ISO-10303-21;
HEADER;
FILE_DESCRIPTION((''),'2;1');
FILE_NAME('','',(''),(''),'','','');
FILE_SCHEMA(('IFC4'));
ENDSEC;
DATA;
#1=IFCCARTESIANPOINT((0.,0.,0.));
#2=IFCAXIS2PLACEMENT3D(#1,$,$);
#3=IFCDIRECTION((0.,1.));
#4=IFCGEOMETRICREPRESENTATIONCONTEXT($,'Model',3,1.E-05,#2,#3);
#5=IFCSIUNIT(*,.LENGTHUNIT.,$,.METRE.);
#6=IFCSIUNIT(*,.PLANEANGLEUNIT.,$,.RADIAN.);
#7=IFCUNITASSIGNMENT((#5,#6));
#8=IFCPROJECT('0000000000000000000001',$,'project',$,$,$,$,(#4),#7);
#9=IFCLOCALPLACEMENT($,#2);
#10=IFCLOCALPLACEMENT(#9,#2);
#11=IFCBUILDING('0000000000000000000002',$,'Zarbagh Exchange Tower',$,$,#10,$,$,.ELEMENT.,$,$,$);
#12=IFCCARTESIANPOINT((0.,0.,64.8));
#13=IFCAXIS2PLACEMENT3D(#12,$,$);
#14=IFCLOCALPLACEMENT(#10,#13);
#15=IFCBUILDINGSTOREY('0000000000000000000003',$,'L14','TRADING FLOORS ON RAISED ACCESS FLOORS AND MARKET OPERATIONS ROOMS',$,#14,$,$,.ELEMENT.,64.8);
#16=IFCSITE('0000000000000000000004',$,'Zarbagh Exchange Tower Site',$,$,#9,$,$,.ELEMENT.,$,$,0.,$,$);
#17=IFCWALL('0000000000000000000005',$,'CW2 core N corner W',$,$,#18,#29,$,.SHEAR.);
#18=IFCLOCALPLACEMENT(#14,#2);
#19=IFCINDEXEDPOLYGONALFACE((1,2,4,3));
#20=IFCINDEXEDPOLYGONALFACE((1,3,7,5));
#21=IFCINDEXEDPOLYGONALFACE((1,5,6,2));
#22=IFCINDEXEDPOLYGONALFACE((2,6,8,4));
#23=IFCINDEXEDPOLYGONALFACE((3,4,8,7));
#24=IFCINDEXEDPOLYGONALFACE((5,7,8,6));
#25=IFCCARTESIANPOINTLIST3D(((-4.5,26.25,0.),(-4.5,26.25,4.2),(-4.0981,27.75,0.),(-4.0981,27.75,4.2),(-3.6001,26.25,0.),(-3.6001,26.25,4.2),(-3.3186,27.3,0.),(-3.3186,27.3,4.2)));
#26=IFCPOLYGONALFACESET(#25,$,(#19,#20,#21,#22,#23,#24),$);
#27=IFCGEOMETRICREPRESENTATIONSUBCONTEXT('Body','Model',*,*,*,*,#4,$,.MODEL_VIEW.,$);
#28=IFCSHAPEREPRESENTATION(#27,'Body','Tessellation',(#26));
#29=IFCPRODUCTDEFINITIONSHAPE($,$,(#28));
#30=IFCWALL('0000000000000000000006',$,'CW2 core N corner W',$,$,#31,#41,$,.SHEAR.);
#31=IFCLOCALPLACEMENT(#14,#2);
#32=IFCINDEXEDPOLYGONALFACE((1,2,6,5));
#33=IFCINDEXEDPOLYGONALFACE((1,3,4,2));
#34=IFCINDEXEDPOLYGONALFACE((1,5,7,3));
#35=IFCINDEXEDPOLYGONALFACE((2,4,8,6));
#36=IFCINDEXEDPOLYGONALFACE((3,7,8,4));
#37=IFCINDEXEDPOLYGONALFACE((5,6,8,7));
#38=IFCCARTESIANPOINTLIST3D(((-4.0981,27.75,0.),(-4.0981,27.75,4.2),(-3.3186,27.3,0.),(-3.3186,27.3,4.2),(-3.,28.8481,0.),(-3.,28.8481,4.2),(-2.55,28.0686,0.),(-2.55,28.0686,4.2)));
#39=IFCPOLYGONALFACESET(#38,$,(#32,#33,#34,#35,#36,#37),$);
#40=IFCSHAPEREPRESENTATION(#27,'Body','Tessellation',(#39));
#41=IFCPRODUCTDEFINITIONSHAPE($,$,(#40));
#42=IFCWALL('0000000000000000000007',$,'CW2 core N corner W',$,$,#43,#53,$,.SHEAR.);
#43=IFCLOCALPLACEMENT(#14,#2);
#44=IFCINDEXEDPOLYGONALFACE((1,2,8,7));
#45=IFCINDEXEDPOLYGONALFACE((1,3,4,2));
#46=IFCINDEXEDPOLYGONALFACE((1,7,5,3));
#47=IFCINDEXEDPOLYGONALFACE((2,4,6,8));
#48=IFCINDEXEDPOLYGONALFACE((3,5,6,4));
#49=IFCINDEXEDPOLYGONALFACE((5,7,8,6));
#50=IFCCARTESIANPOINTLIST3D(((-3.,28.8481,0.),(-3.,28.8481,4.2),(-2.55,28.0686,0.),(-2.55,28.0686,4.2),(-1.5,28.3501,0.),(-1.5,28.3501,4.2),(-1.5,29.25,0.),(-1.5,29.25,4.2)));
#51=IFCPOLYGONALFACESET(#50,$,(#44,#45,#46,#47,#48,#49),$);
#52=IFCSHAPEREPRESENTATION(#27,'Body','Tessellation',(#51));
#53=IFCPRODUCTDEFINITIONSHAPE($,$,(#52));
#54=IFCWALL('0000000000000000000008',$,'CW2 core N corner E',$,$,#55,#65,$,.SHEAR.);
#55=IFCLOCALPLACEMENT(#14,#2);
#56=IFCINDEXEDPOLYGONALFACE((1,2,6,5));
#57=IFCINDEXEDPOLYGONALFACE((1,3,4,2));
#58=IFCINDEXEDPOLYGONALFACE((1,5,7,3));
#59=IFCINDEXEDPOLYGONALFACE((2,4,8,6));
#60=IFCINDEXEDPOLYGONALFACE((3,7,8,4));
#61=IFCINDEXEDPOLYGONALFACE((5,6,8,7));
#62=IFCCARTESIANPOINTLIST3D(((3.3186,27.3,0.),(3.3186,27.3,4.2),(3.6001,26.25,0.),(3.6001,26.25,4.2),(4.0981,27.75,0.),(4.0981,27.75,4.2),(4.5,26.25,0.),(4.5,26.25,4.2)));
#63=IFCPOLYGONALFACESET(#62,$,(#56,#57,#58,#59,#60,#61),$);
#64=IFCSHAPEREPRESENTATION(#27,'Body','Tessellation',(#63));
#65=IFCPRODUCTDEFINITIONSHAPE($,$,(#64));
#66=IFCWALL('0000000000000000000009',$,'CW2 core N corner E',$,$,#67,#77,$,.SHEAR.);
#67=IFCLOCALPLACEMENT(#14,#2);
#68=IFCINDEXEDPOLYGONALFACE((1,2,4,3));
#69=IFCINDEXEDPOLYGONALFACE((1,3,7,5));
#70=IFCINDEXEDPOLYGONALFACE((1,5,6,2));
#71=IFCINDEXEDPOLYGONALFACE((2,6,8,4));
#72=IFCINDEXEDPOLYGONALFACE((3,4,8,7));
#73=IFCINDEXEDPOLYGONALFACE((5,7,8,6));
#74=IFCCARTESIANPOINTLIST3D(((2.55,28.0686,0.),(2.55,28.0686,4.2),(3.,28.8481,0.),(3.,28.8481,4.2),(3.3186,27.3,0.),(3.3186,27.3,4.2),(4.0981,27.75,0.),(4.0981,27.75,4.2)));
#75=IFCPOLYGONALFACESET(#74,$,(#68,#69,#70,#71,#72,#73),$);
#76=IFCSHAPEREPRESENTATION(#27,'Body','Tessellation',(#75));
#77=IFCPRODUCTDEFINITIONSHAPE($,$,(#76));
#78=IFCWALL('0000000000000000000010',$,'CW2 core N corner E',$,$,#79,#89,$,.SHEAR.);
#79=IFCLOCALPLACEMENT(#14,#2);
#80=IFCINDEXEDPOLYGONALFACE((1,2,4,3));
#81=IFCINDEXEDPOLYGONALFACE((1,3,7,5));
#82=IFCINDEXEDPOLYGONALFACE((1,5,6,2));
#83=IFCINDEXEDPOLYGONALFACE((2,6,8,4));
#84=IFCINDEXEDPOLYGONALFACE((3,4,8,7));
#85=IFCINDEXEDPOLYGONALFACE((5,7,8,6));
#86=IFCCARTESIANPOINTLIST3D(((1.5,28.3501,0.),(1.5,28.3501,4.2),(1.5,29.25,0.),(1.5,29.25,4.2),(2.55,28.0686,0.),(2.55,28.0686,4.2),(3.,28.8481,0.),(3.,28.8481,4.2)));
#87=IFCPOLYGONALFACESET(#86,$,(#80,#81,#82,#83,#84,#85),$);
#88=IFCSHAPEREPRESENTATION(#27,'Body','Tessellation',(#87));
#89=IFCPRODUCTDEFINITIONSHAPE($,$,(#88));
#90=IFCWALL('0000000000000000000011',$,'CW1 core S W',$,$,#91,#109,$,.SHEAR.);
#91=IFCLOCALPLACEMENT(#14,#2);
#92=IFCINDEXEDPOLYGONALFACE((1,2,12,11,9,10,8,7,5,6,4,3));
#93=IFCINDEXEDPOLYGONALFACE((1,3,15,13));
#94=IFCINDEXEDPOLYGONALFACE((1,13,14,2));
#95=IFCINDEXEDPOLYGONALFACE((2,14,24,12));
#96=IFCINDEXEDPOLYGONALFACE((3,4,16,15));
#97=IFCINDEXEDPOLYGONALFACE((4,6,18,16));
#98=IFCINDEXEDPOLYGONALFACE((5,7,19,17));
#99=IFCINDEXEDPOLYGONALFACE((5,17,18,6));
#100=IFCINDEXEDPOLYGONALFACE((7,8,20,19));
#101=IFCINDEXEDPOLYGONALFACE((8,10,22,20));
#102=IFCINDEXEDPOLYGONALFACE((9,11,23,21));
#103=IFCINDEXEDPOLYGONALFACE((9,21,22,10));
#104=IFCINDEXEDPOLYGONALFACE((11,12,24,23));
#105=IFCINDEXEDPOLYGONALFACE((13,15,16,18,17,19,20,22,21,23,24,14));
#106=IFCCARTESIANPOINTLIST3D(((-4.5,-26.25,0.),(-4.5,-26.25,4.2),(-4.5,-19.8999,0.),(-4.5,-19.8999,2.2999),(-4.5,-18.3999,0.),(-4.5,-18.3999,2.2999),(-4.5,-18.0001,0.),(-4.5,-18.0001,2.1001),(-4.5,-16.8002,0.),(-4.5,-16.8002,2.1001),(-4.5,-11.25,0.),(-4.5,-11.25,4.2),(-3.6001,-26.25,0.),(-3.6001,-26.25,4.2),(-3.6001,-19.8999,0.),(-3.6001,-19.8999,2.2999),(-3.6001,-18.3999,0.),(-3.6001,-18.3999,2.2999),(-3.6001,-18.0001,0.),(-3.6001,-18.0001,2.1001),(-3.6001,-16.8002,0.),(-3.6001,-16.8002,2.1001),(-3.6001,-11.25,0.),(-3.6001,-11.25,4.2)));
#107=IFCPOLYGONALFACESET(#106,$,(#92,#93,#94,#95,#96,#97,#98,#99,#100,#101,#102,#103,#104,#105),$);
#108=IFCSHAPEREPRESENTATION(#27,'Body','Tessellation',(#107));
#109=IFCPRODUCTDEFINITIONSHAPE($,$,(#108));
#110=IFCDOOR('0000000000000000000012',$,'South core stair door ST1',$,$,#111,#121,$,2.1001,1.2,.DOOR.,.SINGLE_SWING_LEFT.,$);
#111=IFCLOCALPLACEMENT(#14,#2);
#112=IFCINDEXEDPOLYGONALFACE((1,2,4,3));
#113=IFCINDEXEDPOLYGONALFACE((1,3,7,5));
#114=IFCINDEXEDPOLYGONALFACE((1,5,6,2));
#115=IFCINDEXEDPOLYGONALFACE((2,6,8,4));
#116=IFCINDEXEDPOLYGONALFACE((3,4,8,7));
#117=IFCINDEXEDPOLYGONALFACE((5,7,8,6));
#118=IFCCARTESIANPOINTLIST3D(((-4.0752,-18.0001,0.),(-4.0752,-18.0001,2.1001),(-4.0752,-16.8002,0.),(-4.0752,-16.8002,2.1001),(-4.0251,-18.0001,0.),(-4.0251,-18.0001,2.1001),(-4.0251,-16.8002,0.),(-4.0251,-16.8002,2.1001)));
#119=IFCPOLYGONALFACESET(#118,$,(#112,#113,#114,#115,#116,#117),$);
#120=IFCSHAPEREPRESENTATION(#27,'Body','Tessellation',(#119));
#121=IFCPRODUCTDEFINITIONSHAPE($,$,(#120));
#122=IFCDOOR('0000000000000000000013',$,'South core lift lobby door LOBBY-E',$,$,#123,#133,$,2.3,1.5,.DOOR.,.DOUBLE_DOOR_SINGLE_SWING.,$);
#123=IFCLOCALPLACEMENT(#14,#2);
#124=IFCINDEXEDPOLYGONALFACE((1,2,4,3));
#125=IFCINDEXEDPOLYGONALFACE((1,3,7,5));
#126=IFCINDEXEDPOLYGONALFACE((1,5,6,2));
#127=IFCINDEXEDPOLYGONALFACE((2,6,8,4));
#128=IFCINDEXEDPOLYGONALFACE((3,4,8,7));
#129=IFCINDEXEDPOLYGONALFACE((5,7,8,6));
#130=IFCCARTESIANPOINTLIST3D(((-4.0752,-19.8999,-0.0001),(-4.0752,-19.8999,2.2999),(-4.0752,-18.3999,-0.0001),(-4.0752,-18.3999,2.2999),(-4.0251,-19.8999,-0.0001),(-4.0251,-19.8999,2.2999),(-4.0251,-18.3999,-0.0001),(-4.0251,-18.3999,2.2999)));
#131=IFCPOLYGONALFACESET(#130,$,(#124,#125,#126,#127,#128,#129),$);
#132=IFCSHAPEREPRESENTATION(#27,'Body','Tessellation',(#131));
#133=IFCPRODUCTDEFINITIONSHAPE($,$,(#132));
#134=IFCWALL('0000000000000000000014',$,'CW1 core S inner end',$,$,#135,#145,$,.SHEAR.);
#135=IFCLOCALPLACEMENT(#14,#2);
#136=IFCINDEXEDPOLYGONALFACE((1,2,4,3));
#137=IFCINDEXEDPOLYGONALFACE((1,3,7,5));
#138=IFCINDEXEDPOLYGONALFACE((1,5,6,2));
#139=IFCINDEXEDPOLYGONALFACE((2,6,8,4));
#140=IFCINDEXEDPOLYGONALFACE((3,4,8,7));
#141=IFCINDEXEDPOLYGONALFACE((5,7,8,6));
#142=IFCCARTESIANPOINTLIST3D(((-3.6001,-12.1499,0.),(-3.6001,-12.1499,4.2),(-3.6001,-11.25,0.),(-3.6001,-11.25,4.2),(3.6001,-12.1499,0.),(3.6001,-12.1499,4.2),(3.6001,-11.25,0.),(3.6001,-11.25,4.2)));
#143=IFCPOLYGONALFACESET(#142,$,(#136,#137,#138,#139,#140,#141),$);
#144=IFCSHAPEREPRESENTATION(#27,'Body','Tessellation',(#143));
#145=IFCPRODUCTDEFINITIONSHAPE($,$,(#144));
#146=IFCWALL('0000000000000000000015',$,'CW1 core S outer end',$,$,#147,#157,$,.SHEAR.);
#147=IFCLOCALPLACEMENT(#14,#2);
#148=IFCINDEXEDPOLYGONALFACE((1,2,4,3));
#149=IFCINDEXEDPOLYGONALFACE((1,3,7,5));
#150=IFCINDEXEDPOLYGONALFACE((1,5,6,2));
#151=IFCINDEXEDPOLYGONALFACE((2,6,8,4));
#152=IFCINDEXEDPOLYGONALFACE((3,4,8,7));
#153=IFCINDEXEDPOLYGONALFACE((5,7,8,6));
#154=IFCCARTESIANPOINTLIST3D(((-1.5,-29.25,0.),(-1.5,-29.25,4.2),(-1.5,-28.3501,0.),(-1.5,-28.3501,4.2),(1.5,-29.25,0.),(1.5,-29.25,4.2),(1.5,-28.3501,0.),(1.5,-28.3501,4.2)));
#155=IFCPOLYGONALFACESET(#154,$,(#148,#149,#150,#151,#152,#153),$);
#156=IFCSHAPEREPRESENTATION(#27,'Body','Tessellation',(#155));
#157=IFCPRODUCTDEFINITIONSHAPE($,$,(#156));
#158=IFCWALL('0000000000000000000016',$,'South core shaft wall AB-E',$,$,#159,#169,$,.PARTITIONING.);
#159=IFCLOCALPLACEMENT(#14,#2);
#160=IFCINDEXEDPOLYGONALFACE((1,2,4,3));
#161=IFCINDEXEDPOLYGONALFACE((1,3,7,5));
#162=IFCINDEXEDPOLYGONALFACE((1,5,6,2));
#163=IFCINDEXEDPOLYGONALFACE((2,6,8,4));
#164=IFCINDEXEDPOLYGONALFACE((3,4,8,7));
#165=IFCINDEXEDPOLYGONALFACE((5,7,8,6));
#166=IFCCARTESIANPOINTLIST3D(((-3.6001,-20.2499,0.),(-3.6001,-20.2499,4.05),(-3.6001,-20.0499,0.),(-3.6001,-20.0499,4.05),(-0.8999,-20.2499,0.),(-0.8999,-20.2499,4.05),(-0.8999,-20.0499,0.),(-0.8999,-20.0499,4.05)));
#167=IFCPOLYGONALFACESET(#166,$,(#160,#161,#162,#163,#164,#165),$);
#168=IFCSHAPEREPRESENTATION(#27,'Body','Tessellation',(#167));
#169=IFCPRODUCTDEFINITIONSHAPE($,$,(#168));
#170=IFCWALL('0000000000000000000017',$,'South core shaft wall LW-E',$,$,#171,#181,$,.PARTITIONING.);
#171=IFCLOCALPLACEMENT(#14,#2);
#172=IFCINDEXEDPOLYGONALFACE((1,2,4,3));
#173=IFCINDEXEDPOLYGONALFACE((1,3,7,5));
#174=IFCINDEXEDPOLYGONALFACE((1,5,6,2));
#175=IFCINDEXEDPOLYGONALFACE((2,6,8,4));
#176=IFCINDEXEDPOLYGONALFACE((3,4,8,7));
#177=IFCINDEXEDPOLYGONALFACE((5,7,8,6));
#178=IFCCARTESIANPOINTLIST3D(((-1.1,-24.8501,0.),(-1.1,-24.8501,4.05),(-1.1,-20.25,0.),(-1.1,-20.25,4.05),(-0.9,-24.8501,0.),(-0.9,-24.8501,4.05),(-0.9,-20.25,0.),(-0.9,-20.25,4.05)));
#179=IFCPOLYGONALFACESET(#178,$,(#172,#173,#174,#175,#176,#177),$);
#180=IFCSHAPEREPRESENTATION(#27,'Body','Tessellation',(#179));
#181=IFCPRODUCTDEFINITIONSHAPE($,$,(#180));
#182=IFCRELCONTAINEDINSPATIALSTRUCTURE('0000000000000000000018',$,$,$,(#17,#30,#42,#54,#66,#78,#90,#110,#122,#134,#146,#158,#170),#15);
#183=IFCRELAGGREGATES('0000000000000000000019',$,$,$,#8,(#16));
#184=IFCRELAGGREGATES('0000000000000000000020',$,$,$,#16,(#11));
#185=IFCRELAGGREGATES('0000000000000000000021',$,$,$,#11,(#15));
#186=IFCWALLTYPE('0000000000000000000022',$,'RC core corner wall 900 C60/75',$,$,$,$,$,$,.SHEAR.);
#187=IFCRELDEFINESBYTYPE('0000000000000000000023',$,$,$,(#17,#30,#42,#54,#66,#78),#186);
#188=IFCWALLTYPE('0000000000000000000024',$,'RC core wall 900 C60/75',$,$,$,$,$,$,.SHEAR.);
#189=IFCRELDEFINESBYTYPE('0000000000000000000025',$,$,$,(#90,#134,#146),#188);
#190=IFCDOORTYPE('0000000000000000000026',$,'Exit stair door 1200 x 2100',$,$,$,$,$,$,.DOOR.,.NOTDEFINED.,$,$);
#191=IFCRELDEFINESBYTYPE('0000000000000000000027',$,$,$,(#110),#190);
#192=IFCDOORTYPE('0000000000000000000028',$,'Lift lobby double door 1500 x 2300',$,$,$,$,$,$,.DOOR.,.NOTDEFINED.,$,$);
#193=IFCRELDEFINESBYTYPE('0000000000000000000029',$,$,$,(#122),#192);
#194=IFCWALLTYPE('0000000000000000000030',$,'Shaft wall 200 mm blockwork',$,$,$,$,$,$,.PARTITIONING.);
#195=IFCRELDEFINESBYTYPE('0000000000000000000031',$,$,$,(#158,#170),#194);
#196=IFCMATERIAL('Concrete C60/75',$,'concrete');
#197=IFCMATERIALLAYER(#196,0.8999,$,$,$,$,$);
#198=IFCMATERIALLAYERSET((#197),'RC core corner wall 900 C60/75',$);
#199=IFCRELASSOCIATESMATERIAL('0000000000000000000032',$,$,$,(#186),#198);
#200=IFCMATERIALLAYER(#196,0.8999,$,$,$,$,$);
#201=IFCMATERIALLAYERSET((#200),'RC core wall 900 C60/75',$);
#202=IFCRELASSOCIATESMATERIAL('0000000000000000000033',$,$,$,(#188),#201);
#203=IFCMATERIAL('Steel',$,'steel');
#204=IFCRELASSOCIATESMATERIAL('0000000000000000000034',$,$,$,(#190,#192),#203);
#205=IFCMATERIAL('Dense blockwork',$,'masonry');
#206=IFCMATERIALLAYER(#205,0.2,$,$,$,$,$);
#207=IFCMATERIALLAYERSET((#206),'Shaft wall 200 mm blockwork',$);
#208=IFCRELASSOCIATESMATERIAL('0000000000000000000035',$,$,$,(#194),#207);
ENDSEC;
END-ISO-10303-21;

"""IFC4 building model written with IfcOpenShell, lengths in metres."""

from ifc_helpers import new_model, si_unit, direction, frame, frame_2d, origin, place, context, subcontext, project, spatial, polyline, rectangle, outline, extrude, material, layer, layer_set, type_object, element, fill, save


model = new_model("IFC4")

# Units and contexts
model_context = context("Model", 3, precision=1e-05, world=origin(), true_north=direction((0.0, 1.0)))
body_context = subcontext(model_context, "Body", "Model", "MODEL_VIEW")
ifc_project = project(units=[si_unit("LENGTHUNIT", "METRE"), si_unit("PLANEANGLEUNIT", "RADIAN")], contexts=[model_context])

# Site, building, storey
site_placement = place(None, origin())
site = spatial("IfcSite", under=ifc_project, at=site_placement, Name="Zarbagh Exchange Tower Site", CompositionType="ELEMENT", RefElevation=0.0)
building_placement = place(site_placement, origin())
building = spatial("IfcBuilding", under=site, at=building_placement, Name="Zarbagh Exchange Tower", CompositionType="ELEMENT")
storey_placement = place(building_placement, frame((0.0, 0.0, 64.8)))
storey = spatial("IfcBuildingStorey", under=building, at=storey_placement, Name="L14", Description="TRADING FLOORS ON RAISED ACCESS FLOORS AND MARKET OPERATIONS ROOMS", CompositionType="ELEMENT", Elevation=64.8)

# Shared definitions
ifc_material_1 = material(Name="Concrete C60/75", Category="concrete")

# Walls
ifc_layer_1 = layer(ifc_material_1, 0.8999)
ifc_layer_set_1 = layer_set([ifc_layer_1], Name="RC core corner wall 900 C60/75")
wall_type_1 = type_object("IfcWallType", Name="RC core corner wall 900 C60/75", PredefinedType="SHEAR", material=ifc_layer_set_1)
wall_1_placement = place(storey_placement, origin())
element("IfcWall", 1, at=wall_1_placement, inside=storey, type_object=wall_type_1, Name="CW2 core N corner W", PredefinedType="SHEAR", context=body_context, shape_type="SweptSolid", body=[
    extrude(outline(polyline([(-4.5, 26.25), (-4.0981, 27.75), (-3.3186, 27.3), (-3.6001, 26.25), (-4.5, 26.25)])), origin(), (0.0, 0.0, 1.0), 4.2),
])
wall_2_placement = place(storey_placement, origin())
element("IfcWall", 2, at=wall_2_placement, inside=storey, type_object=wall_type_1, Name="CW2 core N corner W", PredefinedType="SHEAR", context=body_context, shape_type="SweptSolid", body=[
    extrude(outline(polyline([(-4.0981, 27.75), (-3.0, 28.8481), (-2.55, 28.0686), (-3.3186, 27.3), (-4.0981, 27.75)])), origin(), (0.0, 0.0, 1.0), 4.2),
])
wall_3_placement = place(storey_placement, origin())
element("IfcWall", 3, at=wall_3_placement, inside=storey, type_object=wall_type_1, Name="CW2 core N corner W", PredefinedType="SHEAR", context=body_context, shape_type="SweptSolid", body=[
    extrude(outline(polyline([(-3.0, 28.8481), (-1.5, 29.25), (-1.5, 28.3501), (-2.55, 28.0686), (-3.0, 28.8481)])), origin(), (0.0, 0.0, 1.0), 4.2),
])
wall_4_placement = place(storey_placement, origin())
element("IfcWall", 4, at=wall_4_placement, inside=storey, type_object=wall_type_1, Name="CW2 core N corner E", PredefinedType="SHEAR", context=body_context, shape_type="SweptSolid", body=[
    extrude(outline(polyline([(4.5, 26.25), (4.0981, 27.75), (3.3186, 27.3), (3.6001, 26.25), (4.5, 26.25)])), origin(), (0.0, 0.0, 1.0), 4.2),
])
wall_5_placement = place(storey_placement, origin())
element("IfcWall", 5, at=wall_5_placement, inside=storey, type_object=wall_type_1, Name="CW2 core N corner E", PredefinedType="SHEAR", context=body_context, shape_type="SweptSolid", body=[
    extrude(outline(polyline([(4.0981, 27.75), (3.0, 28.8481), (2.55, 28.0686), (3.3186, 27.3), (4.0981, 27.75)])), origin(), (0.0, 0.0, 1.0), 4.2),
])
wall_6_placement = place(storey_placement, origin())
element("IfcWall", 6, at=wall_6_placement, inside=storey, type_object=wall_type_1, Name="CW2 core N corner E", PredefinedType="SHEAR", context=body_context, shape_type="SweptSolid", body=[
    extrude(outline(polyline([(3.0, 28.8481), (1.5, 29.25), (1.5, 28.3501), (2.55, 28.0686), (3.0, 28.8481)])), origin(), (0.0, 0.0, 1.0), 4.2),
])

# Wall, openings, doors
ifc_layer_2 = layer(ifc_material_1, 0.8999)
ifc_layer_set_2 = layer_set([ifc_layer_2], Name="RC core wall 900 C60/75")
wall_type_2 = type_object("IfcWallType", Name="RC core wall 900 C60/75", PredefinedType="SHEAR", material=ifc_layer_set_2)
wall_7_placement = place(storey_placement, frame((-4.05, -11.25, 0.0), z_axis=(0.0, 0.0, 1.0), x_axis=(0.0, -1.0, 0.0)))
wall_7 = element("IfcWall", 7, at=wall_7_placement, inside=storey, type_object=wall_type_2, Name="CW1 core S W", PredefinedType="SHEAR", context=body_context, shape_type="SweptSolid", body=[
    extrude(rectangle(XDim=15.0, YDim=0.8999, at=frame_2d((7.5, 0.0))), origin(), (0.0, 0.0, 1.0), 4.2),
])
opening_1_placement = place(wall_7_placement, frame((7.1499, 0.0, 0.0)))
opening_1 = element("IfcOpeningElement", 8, at=opening_1_placement, cuts=wall_7, PredefinedType="OPENING", context=body_context, shape_type="SweptSolid", body=[
    extrude(rectangle(XDim=1.5, YDim=2.3, at=frame_2d((0.75, 1.1499))), frame((0.0, 0.46, 0.0), z_axis=(0.0, -1.0, 0.0), x_axis=(1.0, 0.0, 0.0)), (0.0, 0.0, 1.0), 0.9199),
])
opening_2_placement = place(wall_7_placement, frame((5.55, 0.0, 0.0)))
opening_2 = element("IfcOpeningElement", 9, at=opening_2_placement, cuts=wall_7, PredefinedType="OPENING", context=body_context, shape_type="SweptSolid", body=[
    extrude(rectangle(XDim=1.2, YDim=2.1001, at=frame_2d((0.6001, 1.05))), frame((0.0, 0.46, 0.0), z_axis=(0.0, -1.0, 0.0), x_axis=(1.0, 0.0, 0.0)), (0.0, 0.0, 1.0), 0.9199),
])
ifc_material_2 = material(Name="Steel", Category="steel")
door_type_1 = type_object("IfcDoorType", Name="Exit stair door 1200 x 2100", OperationType="NOTDEFINED", PredefinedType="DOOR", material=ifc_material_2)
door_1_placement = place(opening_2_placement, origin())
door_1 = element("IfcDoor", 10, at=door_1_placement, inside=storey, type_object=door_type_1, Name="South core stair door ST1", OperationType="SINGLE_SWING_LEFT", OverallHeight=2.1001, OverallWidth=1.2, PredefinedType="DOOR", context=body_context, shape_type="SweptSolid", body=[
    extrude(rectangle(XDim=1.2, YDim=2.1001, at=frame_2d((0.6001, 1.05))), frame((0.0, 0.0249, 0.0), z_axis=(0.0, -1.0, 0.0), x_axis=(1.0, 0.0, 0.0)), (0.0, 0.0, 1.0), 0.05),
])
fill(opening_2, door_1)
door_type_2 = type_object("IfcDoorType", Name="Lift lobby double door 1500 x 2300", OperationType="NOTDEFINED", PredefinedType="DOOR", material=ifc_material_2)
door_2_placement = place(opening_1_placement, origin())
door_2 = element("IfcDoor", 11, at=door_2_placement, inside=storey, type_object=door_type_2, Name="South core lift lobby door LOBBY-E", OperationType="DOUBLE_DOOR_SINGLE_SWING", OverallHeight=2.3, OverallWidth=1.5, PredefinedType="DOOR", context=body_context, shape_type="SweptSolid", body=[
    extrude(rectangle(XDim=1.5, YDim=2.3, at=frame_2d((0.75, 1.1499))), frame((0.0, 0.0249, 0.0), z_axis=(0.0, -1.0, 0.0), x_axis=(1.0, 0.0, 0.0)), (0.0, 0.0, 1.0), 0.05),
])
fill(opening_1, door_2)

# Walls
wall_8_placement = place(storey_placement, frame((-3.6001, -11.7, 0.0), z_axis=(0.0, 0.0, 1.0), x_axis=(1.0, 0.0, 0.0)))
element("IfcWall", 12, at=wall_8_placement, inside=storey, type_object=wall_type_2, Name="CW1 core S inner end", PredefinedType="SHEAR", context=body_context, shape_type="SweptSolid", body=[
    extrude(rectangle(XDim=7.2002, YDim=0.8999, at=frame_2d((3.6001, 0.0))), origin(), (0.0, 0.0, 1.0), 4.2),
])
wall_9_placement = place(storey_placement, frame((-1.5, -28.8, 0.0), z_axis=(0.0, 0.0, 1.0), x_axis=(1.0, 0.0, 0.0)))
element("IfcWall", 13, at=wall_9_placement, inside=storey, type_object=wall_type_2, Name="CW1 core S outer end", PredefinedType="SHEAR", context=body_context, shape_type="SweptSolid", body=[
    extrude(rectangle(XDim=3.0, YDim=0.8999, at=frame_2d((1.5, 0.0))), origin(), (0.0, 0.0, 1.0), 4.2),
])
ifc_material_3 = material(Name="Dense blockwork", Category="masonry")
ifc_layer_3 = layer(ifc_material_3, 0.2)
ifc_layer_set_3 = layer_set([ifc_layer_3], Name="Shaft wall 200 mm blockwork")
wall_type_3 = type_object("IfcWallType", Name="Shaft wall 200 mm blockwork", PredefinedType="PARTITIONING", material=ifc_layer_set_3)
wall_10_placement = place(storey_placement, frame((-0.8999, -20.1499, 0.0), z_axis=(0.0, 0.0, 1.0), x_axis=(-1.0, 0.0, 0.0)))
element("IfcWall", 14, at=wall_10_placement, inside=storey, type_object=wall_type_3, Name="South core shaft wall AB-E", PredefinedType="PARTITIONING", context=body_context, shape_type="SweptSolid", body=[
    extrude(rectangle(XDim=2.7002, YDim=0.2, at=frame_2d((1.3501, 0.0))), origin(), (0.0, 0.0, 1.0), 4.05),
])
wall_11_placement = place(storey_placement, frame((-1.0, -24.8501, 0.0), z_axis=(0.0, 0.0, 1.0), x_axis=(0.0, 1.0, 0.0)))
element("IfcWall", 15, at=wall_11_placement, inside=storey, type_object=wall_type_3, Name="South core shaft wall LW-E", PredefinedType="PARTITIONING", context=body_context, shape_type="SweptSolid", body=[
    extrude(rectangle(XDim=4.6001, YDim=0.2, at=frame_2d((2.3, 0.0))), origin(), (0.0, 0.0, 1.0), 4.05),
])

save(model, "model.ifc")
